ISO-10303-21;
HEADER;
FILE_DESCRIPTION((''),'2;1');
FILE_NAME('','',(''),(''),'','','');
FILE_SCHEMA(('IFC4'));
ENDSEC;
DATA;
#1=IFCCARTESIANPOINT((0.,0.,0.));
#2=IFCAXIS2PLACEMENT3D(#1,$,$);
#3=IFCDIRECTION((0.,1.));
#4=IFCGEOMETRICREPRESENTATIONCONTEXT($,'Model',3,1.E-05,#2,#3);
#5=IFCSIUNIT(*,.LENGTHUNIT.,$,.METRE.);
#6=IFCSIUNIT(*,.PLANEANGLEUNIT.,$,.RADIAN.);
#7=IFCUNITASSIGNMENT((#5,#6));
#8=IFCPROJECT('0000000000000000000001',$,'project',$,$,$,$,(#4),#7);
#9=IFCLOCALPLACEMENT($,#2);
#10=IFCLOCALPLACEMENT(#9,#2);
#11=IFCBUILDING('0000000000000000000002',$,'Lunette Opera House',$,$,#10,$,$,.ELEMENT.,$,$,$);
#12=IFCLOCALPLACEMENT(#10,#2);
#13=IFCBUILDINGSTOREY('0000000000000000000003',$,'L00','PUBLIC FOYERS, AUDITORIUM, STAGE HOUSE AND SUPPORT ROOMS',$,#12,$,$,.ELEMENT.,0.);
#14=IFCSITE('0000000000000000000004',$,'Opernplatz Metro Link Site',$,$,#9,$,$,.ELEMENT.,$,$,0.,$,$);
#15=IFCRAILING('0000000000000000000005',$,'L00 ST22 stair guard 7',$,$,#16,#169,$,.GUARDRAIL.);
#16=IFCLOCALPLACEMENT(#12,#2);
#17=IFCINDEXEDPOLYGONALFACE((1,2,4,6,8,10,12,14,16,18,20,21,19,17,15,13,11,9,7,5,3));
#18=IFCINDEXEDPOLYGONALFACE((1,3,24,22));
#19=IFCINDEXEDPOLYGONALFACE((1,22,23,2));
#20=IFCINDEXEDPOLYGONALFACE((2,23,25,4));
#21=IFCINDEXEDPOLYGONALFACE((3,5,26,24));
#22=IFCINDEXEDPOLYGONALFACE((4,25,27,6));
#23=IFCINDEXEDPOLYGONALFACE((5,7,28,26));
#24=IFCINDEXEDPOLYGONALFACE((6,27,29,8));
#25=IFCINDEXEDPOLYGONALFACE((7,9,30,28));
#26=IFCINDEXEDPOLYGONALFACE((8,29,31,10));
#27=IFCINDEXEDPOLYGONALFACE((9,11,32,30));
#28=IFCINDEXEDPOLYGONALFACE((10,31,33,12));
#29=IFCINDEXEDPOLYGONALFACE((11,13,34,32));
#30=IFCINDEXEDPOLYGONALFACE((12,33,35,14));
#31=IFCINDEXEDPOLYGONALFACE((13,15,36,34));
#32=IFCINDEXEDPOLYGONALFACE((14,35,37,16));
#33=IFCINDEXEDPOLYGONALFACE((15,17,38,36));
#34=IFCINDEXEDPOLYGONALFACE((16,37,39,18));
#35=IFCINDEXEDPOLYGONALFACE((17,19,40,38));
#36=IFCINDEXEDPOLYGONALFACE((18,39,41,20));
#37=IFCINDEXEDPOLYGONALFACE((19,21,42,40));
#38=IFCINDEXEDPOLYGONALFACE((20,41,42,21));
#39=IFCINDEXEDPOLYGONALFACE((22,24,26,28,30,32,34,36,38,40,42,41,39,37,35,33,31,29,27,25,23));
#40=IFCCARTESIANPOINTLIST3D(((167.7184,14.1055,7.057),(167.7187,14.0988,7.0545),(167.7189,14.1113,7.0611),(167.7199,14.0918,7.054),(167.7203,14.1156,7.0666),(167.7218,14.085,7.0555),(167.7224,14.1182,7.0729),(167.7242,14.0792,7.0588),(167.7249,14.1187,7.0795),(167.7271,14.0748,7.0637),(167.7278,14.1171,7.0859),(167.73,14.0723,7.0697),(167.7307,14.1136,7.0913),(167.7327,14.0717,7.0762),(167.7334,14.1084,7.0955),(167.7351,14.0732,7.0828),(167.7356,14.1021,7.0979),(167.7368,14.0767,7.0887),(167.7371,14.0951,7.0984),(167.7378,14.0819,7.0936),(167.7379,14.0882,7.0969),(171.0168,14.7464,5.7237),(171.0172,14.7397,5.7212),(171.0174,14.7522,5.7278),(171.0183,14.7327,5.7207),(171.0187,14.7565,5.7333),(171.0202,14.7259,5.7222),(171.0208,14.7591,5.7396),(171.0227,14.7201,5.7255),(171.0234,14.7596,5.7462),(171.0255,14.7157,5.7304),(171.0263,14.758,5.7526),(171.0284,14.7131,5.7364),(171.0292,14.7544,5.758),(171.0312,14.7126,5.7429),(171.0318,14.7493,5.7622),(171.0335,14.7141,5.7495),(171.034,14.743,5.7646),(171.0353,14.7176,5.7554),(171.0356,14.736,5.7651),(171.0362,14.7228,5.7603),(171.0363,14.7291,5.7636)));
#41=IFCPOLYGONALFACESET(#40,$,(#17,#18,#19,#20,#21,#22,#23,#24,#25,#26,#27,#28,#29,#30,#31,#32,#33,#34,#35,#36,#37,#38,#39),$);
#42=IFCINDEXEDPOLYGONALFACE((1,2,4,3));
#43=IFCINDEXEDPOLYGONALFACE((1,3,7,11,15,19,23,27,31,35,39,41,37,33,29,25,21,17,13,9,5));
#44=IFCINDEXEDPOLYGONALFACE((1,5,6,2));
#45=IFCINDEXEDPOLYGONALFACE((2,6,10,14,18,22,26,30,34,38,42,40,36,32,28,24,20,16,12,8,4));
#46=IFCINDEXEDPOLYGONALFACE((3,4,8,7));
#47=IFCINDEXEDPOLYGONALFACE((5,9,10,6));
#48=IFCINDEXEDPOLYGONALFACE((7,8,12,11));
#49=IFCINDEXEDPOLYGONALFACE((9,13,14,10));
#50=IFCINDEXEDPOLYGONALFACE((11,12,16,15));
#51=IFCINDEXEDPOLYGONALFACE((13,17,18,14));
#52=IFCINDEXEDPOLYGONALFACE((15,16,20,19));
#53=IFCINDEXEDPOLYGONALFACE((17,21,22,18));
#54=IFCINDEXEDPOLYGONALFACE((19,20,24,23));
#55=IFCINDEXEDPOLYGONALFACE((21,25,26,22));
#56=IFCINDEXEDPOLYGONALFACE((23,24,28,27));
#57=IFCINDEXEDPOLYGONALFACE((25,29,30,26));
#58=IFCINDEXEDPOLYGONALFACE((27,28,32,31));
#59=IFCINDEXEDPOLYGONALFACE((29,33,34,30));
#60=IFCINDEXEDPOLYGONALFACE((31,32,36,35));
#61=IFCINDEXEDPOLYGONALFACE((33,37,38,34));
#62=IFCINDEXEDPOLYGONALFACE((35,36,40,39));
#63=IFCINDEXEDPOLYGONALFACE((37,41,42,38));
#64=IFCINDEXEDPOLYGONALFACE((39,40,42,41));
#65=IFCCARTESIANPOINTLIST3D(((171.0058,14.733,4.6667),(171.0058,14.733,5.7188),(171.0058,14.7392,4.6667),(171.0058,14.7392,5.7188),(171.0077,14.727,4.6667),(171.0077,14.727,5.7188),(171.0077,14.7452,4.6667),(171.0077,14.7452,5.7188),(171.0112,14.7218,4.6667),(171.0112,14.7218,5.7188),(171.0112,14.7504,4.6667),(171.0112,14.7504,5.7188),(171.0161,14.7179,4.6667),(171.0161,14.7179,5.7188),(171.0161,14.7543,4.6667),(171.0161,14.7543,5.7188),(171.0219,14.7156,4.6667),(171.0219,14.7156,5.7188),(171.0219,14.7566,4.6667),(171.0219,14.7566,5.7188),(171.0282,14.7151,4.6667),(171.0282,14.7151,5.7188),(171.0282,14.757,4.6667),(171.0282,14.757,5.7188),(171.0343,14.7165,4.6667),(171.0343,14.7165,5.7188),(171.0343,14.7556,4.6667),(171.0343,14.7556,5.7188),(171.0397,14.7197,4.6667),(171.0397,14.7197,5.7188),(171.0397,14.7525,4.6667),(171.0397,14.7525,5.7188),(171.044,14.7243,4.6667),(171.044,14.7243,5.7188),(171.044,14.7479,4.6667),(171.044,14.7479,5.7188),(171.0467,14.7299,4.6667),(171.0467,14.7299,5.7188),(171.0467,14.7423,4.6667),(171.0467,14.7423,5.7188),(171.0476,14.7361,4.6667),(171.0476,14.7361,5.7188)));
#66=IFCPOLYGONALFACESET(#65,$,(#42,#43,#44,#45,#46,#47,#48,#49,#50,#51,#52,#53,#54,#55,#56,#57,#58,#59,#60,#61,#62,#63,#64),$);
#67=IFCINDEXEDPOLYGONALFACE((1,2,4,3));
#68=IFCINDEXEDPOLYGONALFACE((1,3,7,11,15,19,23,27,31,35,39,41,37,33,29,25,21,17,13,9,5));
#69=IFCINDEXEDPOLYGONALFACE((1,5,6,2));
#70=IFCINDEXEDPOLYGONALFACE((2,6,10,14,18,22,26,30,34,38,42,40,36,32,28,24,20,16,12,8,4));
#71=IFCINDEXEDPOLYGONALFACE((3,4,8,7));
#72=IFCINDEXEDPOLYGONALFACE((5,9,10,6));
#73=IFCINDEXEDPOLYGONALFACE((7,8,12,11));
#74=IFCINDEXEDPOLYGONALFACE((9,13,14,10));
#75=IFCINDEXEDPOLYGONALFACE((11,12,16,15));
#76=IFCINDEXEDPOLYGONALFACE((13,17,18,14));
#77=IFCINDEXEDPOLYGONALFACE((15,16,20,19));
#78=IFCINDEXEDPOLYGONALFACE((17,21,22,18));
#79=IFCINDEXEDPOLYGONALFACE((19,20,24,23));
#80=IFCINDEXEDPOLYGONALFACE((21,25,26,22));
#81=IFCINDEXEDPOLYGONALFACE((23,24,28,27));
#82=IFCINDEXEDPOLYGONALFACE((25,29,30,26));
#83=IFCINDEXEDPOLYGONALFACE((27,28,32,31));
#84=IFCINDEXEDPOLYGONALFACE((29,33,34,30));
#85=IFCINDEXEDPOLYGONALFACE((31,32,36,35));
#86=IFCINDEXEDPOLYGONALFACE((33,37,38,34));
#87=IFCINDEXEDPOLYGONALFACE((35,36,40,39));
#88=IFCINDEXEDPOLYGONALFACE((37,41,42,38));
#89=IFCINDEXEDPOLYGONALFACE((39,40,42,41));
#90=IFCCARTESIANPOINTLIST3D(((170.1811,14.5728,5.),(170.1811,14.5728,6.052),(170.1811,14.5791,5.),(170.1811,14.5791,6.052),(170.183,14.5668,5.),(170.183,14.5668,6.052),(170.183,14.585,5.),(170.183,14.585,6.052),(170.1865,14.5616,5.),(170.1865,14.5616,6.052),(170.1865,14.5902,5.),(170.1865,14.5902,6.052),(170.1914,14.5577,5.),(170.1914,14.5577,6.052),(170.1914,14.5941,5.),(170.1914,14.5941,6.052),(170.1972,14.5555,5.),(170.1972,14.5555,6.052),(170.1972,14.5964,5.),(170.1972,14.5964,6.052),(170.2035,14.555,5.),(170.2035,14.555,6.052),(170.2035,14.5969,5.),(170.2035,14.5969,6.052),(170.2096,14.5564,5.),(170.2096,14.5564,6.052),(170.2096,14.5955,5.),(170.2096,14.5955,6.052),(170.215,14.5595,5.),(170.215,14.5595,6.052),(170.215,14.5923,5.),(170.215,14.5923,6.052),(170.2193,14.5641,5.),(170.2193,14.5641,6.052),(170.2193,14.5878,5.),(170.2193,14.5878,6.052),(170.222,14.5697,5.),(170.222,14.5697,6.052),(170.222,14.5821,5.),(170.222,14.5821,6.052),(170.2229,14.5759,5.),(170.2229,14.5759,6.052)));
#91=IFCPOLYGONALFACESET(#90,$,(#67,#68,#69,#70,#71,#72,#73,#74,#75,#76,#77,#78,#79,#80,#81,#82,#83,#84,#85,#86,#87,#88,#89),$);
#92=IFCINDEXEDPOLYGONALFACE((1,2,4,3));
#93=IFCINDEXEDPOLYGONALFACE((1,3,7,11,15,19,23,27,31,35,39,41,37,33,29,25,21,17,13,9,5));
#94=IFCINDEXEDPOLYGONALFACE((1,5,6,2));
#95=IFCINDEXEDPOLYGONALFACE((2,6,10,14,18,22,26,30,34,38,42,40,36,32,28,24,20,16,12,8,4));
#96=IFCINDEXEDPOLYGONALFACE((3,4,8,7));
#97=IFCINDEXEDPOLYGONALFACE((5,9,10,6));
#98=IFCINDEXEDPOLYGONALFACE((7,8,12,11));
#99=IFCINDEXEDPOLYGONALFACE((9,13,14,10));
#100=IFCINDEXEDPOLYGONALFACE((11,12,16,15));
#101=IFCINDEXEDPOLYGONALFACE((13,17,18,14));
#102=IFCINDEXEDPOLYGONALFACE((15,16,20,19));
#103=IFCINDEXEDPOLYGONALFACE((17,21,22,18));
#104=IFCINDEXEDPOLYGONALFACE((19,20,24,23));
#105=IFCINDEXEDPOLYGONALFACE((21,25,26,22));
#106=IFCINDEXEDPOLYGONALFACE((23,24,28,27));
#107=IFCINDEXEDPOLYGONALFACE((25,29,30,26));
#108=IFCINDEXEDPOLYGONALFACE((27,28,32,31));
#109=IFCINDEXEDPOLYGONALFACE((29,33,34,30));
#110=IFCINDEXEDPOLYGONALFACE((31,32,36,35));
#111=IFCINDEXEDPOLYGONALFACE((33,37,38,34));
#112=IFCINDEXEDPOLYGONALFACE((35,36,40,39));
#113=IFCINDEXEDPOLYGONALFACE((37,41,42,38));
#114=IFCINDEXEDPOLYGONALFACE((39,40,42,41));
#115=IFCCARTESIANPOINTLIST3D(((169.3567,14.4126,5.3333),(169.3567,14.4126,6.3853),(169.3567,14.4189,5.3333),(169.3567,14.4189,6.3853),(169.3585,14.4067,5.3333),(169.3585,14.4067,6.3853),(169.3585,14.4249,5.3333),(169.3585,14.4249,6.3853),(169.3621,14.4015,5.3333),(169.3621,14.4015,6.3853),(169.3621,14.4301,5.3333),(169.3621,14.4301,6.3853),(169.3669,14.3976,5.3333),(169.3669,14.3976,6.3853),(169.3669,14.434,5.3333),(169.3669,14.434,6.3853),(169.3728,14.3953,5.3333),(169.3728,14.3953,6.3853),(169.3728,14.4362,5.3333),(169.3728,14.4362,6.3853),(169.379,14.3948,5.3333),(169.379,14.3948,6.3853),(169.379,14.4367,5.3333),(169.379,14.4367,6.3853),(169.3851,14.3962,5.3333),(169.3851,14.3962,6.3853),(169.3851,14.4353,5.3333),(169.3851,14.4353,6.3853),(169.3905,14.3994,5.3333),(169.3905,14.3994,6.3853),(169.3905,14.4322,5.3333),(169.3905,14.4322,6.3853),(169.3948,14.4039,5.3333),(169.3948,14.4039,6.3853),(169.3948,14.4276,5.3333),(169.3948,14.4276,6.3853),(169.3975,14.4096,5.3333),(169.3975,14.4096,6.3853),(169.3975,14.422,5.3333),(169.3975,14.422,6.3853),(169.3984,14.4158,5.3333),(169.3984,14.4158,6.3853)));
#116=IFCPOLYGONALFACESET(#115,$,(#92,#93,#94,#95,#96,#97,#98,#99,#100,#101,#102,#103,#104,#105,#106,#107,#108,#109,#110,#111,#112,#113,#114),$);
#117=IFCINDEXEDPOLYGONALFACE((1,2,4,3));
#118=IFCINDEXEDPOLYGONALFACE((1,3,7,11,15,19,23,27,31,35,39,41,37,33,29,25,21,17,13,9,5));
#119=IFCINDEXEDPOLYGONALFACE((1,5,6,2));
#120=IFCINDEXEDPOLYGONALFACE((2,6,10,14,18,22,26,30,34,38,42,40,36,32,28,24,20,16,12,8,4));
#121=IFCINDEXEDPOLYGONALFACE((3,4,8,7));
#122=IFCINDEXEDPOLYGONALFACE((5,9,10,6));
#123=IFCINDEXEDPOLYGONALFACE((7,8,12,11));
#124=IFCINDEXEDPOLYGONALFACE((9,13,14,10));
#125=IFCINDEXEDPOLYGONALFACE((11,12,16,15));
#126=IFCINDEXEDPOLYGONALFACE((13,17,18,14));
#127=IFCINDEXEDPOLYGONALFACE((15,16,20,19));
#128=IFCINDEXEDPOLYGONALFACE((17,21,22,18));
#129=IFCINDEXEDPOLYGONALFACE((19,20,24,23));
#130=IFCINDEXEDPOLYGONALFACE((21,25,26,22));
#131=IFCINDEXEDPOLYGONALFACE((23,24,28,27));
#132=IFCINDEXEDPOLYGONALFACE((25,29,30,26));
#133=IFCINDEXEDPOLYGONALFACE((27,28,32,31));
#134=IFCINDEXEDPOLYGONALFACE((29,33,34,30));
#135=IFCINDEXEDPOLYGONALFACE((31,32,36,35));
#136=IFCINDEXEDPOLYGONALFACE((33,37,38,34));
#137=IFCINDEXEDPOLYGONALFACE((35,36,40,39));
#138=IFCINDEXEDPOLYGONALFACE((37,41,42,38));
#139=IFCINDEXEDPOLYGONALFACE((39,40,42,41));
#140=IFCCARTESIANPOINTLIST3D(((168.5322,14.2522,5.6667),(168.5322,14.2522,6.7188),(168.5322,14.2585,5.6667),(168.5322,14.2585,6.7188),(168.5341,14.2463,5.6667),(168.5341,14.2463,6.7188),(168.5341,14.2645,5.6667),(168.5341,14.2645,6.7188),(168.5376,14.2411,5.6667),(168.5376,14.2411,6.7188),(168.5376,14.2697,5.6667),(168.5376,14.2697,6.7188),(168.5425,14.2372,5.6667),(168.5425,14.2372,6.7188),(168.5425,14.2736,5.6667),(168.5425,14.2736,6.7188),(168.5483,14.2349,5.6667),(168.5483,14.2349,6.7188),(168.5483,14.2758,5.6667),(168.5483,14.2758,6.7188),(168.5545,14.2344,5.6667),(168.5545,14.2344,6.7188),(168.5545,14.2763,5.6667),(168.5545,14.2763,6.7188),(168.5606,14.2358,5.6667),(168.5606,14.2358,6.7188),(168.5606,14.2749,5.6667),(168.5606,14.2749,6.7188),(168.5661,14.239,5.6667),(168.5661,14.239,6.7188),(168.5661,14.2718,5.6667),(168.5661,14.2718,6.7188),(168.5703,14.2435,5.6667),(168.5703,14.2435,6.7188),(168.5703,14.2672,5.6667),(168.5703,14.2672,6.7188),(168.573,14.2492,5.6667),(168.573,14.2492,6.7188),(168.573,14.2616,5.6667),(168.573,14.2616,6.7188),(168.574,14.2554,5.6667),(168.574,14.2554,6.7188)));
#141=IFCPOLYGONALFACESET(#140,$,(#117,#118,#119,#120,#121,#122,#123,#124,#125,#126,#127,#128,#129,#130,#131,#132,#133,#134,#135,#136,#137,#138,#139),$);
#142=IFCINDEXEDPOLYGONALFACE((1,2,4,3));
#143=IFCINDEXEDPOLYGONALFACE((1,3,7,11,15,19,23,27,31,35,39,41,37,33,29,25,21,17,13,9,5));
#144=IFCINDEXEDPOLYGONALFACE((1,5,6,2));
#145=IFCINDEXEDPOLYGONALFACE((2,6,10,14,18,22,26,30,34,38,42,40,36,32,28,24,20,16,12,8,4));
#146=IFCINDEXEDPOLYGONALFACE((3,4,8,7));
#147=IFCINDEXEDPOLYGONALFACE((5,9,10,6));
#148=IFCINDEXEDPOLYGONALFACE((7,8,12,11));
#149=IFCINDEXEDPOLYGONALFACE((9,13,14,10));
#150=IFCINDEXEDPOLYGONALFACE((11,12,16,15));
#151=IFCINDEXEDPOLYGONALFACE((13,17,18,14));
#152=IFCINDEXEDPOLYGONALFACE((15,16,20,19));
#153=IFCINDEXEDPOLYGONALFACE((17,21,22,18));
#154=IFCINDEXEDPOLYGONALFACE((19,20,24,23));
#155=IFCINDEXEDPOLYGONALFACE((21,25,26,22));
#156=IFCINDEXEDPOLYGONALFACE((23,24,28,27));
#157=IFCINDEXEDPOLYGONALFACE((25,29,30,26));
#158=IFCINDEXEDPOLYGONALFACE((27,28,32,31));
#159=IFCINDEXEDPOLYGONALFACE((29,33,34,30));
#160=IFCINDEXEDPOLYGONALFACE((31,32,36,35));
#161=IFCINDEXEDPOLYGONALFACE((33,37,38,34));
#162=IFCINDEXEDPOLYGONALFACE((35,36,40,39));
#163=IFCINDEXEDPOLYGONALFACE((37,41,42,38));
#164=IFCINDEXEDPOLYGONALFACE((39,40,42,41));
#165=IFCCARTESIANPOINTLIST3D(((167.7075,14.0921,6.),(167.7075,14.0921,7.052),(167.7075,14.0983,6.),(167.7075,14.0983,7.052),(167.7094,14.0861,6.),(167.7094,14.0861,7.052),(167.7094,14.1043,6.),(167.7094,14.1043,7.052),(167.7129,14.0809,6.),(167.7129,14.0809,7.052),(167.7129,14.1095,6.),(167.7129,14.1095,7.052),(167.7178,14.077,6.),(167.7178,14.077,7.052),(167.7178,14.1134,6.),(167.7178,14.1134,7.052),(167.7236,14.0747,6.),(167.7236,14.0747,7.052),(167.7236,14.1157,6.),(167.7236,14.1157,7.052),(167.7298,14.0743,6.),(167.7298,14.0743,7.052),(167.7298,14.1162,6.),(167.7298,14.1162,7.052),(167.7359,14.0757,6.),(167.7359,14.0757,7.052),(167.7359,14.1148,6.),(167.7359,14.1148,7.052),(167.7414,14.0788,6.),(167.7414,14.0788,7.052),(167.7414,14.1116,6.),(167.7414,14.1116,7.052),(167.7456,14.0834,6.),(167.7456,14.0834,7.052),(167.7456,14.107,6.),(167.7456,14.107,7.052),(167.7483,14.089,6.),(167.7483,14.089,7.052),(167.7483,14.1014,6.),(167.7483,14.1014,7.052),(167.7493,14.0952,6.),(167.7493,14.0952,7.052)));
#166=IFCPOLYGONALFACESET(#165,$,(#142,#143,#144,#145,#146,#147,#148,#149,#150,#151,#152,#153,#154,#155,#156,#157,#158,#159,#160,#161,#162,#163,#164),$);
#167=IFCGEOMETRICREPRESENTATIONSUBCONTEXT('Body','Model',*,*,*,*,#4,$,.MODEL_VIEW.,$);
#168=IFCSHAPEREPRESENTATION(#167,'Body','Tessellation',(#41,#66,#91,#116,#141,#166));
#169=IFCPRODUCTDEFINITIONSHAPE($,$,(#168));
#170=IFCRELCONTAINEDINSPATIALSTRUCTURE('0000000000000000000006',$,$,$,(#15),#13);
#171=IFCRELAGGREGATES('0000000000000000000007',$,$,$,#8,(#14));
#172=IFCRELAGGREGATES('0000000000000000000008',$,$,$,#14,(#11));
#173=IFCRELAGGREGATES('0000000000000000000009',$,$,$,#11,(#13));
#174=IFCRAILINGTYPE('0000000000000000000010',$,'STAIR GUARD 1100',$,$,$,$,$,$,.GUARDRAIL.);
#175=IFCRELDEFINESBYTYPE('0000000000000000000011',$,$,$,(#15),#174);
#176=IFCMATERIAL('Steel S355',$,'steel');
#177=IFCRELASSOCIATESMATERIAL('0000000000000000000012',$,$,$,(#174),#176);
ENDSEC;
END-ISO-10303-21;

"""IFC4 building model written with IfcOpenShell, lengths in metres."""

from ifc_helpers import new_model, si_unit, direction, frame, origin, origin_2d, place, context, subcontext, project, spatial, circle, extrude, material, type_object, element, save


model = new_model("IFC4")

# Units and contexts
model_context = context("Model", 3, precision=1e-05, world=origin(), true_north=direction((0.0, 1.0)))
body_context = subcontext(model_context, "Body", "Model", "MODEL_VIEW")
ifc_project = project(units=[si_unit("LENGTHUNIT", "METRE"), si_unit("PLANEANGLEUNIT", "RADIAN")], contexts=[model_context])

# Site, building, storey
site_placement = place(None, origin())
site = spatial("IfcSite", under=ifc_project, at=site_placement, Name="Opernplatz Metro Link Site", CompositionType="ELEMENT", RefElevation=0.0)
building_placement = place(site_placement, origin())
building = spatial("IfcBuilding", under=site, at=building_placement, Name="Lunette Opera House", CompositionType="ELEMENT")
storey_placement = place(building_placement, origin())
storey = spatial("IfcBuildingStorey", under=building, at=storey_placement, Name="L00", Description="PUBLIC FOYERS, AUDITORIUM, STAGE HOUSE AND SUPPORT ROOMS", CompositionType="ELEMENT", Elevation=0.0)

# Railing
ifc_material_1 = material(Name="Steel S355", Category="steel")
railing_type_1 = type_object("IfcRailingType", Name="STAIR GUARD 1100", PredefinedType="GUARDRAIL", material=ifc_material_1)
railing_1_placement = place(storey_placement, frame((171.0266, 14.7361, 4.6667)))
element("IfcRailing", 1, at=railing_1_placement, inside=storey, type_object=railing_type_1, Name="L00 ST22 stair guard 7", PredefinedType="GUARDRAIL", context=body_context, shape_type="SweptSolid", body=[
    extrude(circle(Radius=0.0239, at=origin_2d()), frame((0.0, 0.0, 1.0762), z_axis=(-0.912435, -0.177287, 0.368824), x_axis=(0.190734, -0.981642, 0.0)), (0.0, 0.0, 1.0), 3.615),
    extrude(circle(Radius=0.021, at=origin_2d()), origin(), (0.0, 0.0, 1.0), 1.052),
    extrude(circle(Radius=0.021, at=origin_2d()), frame((-0.8247, -0.1602, 0.3333)), (0.0, 0.0, 1.0), 1.052),
    extrude(circle(Radius=0.021, at=origin_2d()), frame((-1.6492, -0.3203, 0.6665)), (0.0, 0.0, 1.0), 1.052),
    extrude(circle(Radius=0.021, at=origin_2d()), frame((-2.4736, -0.4807, 1.0)), (0.0, 0.0, 1.0), 1.052),
    extrude(circle(Radius=0.021, at=origin_2d()), frame((-3.2983, -0.6409, 1.3333)), (0.0, 0.0, 1.0), 1.052),
])

save(model, "model.ifc")
